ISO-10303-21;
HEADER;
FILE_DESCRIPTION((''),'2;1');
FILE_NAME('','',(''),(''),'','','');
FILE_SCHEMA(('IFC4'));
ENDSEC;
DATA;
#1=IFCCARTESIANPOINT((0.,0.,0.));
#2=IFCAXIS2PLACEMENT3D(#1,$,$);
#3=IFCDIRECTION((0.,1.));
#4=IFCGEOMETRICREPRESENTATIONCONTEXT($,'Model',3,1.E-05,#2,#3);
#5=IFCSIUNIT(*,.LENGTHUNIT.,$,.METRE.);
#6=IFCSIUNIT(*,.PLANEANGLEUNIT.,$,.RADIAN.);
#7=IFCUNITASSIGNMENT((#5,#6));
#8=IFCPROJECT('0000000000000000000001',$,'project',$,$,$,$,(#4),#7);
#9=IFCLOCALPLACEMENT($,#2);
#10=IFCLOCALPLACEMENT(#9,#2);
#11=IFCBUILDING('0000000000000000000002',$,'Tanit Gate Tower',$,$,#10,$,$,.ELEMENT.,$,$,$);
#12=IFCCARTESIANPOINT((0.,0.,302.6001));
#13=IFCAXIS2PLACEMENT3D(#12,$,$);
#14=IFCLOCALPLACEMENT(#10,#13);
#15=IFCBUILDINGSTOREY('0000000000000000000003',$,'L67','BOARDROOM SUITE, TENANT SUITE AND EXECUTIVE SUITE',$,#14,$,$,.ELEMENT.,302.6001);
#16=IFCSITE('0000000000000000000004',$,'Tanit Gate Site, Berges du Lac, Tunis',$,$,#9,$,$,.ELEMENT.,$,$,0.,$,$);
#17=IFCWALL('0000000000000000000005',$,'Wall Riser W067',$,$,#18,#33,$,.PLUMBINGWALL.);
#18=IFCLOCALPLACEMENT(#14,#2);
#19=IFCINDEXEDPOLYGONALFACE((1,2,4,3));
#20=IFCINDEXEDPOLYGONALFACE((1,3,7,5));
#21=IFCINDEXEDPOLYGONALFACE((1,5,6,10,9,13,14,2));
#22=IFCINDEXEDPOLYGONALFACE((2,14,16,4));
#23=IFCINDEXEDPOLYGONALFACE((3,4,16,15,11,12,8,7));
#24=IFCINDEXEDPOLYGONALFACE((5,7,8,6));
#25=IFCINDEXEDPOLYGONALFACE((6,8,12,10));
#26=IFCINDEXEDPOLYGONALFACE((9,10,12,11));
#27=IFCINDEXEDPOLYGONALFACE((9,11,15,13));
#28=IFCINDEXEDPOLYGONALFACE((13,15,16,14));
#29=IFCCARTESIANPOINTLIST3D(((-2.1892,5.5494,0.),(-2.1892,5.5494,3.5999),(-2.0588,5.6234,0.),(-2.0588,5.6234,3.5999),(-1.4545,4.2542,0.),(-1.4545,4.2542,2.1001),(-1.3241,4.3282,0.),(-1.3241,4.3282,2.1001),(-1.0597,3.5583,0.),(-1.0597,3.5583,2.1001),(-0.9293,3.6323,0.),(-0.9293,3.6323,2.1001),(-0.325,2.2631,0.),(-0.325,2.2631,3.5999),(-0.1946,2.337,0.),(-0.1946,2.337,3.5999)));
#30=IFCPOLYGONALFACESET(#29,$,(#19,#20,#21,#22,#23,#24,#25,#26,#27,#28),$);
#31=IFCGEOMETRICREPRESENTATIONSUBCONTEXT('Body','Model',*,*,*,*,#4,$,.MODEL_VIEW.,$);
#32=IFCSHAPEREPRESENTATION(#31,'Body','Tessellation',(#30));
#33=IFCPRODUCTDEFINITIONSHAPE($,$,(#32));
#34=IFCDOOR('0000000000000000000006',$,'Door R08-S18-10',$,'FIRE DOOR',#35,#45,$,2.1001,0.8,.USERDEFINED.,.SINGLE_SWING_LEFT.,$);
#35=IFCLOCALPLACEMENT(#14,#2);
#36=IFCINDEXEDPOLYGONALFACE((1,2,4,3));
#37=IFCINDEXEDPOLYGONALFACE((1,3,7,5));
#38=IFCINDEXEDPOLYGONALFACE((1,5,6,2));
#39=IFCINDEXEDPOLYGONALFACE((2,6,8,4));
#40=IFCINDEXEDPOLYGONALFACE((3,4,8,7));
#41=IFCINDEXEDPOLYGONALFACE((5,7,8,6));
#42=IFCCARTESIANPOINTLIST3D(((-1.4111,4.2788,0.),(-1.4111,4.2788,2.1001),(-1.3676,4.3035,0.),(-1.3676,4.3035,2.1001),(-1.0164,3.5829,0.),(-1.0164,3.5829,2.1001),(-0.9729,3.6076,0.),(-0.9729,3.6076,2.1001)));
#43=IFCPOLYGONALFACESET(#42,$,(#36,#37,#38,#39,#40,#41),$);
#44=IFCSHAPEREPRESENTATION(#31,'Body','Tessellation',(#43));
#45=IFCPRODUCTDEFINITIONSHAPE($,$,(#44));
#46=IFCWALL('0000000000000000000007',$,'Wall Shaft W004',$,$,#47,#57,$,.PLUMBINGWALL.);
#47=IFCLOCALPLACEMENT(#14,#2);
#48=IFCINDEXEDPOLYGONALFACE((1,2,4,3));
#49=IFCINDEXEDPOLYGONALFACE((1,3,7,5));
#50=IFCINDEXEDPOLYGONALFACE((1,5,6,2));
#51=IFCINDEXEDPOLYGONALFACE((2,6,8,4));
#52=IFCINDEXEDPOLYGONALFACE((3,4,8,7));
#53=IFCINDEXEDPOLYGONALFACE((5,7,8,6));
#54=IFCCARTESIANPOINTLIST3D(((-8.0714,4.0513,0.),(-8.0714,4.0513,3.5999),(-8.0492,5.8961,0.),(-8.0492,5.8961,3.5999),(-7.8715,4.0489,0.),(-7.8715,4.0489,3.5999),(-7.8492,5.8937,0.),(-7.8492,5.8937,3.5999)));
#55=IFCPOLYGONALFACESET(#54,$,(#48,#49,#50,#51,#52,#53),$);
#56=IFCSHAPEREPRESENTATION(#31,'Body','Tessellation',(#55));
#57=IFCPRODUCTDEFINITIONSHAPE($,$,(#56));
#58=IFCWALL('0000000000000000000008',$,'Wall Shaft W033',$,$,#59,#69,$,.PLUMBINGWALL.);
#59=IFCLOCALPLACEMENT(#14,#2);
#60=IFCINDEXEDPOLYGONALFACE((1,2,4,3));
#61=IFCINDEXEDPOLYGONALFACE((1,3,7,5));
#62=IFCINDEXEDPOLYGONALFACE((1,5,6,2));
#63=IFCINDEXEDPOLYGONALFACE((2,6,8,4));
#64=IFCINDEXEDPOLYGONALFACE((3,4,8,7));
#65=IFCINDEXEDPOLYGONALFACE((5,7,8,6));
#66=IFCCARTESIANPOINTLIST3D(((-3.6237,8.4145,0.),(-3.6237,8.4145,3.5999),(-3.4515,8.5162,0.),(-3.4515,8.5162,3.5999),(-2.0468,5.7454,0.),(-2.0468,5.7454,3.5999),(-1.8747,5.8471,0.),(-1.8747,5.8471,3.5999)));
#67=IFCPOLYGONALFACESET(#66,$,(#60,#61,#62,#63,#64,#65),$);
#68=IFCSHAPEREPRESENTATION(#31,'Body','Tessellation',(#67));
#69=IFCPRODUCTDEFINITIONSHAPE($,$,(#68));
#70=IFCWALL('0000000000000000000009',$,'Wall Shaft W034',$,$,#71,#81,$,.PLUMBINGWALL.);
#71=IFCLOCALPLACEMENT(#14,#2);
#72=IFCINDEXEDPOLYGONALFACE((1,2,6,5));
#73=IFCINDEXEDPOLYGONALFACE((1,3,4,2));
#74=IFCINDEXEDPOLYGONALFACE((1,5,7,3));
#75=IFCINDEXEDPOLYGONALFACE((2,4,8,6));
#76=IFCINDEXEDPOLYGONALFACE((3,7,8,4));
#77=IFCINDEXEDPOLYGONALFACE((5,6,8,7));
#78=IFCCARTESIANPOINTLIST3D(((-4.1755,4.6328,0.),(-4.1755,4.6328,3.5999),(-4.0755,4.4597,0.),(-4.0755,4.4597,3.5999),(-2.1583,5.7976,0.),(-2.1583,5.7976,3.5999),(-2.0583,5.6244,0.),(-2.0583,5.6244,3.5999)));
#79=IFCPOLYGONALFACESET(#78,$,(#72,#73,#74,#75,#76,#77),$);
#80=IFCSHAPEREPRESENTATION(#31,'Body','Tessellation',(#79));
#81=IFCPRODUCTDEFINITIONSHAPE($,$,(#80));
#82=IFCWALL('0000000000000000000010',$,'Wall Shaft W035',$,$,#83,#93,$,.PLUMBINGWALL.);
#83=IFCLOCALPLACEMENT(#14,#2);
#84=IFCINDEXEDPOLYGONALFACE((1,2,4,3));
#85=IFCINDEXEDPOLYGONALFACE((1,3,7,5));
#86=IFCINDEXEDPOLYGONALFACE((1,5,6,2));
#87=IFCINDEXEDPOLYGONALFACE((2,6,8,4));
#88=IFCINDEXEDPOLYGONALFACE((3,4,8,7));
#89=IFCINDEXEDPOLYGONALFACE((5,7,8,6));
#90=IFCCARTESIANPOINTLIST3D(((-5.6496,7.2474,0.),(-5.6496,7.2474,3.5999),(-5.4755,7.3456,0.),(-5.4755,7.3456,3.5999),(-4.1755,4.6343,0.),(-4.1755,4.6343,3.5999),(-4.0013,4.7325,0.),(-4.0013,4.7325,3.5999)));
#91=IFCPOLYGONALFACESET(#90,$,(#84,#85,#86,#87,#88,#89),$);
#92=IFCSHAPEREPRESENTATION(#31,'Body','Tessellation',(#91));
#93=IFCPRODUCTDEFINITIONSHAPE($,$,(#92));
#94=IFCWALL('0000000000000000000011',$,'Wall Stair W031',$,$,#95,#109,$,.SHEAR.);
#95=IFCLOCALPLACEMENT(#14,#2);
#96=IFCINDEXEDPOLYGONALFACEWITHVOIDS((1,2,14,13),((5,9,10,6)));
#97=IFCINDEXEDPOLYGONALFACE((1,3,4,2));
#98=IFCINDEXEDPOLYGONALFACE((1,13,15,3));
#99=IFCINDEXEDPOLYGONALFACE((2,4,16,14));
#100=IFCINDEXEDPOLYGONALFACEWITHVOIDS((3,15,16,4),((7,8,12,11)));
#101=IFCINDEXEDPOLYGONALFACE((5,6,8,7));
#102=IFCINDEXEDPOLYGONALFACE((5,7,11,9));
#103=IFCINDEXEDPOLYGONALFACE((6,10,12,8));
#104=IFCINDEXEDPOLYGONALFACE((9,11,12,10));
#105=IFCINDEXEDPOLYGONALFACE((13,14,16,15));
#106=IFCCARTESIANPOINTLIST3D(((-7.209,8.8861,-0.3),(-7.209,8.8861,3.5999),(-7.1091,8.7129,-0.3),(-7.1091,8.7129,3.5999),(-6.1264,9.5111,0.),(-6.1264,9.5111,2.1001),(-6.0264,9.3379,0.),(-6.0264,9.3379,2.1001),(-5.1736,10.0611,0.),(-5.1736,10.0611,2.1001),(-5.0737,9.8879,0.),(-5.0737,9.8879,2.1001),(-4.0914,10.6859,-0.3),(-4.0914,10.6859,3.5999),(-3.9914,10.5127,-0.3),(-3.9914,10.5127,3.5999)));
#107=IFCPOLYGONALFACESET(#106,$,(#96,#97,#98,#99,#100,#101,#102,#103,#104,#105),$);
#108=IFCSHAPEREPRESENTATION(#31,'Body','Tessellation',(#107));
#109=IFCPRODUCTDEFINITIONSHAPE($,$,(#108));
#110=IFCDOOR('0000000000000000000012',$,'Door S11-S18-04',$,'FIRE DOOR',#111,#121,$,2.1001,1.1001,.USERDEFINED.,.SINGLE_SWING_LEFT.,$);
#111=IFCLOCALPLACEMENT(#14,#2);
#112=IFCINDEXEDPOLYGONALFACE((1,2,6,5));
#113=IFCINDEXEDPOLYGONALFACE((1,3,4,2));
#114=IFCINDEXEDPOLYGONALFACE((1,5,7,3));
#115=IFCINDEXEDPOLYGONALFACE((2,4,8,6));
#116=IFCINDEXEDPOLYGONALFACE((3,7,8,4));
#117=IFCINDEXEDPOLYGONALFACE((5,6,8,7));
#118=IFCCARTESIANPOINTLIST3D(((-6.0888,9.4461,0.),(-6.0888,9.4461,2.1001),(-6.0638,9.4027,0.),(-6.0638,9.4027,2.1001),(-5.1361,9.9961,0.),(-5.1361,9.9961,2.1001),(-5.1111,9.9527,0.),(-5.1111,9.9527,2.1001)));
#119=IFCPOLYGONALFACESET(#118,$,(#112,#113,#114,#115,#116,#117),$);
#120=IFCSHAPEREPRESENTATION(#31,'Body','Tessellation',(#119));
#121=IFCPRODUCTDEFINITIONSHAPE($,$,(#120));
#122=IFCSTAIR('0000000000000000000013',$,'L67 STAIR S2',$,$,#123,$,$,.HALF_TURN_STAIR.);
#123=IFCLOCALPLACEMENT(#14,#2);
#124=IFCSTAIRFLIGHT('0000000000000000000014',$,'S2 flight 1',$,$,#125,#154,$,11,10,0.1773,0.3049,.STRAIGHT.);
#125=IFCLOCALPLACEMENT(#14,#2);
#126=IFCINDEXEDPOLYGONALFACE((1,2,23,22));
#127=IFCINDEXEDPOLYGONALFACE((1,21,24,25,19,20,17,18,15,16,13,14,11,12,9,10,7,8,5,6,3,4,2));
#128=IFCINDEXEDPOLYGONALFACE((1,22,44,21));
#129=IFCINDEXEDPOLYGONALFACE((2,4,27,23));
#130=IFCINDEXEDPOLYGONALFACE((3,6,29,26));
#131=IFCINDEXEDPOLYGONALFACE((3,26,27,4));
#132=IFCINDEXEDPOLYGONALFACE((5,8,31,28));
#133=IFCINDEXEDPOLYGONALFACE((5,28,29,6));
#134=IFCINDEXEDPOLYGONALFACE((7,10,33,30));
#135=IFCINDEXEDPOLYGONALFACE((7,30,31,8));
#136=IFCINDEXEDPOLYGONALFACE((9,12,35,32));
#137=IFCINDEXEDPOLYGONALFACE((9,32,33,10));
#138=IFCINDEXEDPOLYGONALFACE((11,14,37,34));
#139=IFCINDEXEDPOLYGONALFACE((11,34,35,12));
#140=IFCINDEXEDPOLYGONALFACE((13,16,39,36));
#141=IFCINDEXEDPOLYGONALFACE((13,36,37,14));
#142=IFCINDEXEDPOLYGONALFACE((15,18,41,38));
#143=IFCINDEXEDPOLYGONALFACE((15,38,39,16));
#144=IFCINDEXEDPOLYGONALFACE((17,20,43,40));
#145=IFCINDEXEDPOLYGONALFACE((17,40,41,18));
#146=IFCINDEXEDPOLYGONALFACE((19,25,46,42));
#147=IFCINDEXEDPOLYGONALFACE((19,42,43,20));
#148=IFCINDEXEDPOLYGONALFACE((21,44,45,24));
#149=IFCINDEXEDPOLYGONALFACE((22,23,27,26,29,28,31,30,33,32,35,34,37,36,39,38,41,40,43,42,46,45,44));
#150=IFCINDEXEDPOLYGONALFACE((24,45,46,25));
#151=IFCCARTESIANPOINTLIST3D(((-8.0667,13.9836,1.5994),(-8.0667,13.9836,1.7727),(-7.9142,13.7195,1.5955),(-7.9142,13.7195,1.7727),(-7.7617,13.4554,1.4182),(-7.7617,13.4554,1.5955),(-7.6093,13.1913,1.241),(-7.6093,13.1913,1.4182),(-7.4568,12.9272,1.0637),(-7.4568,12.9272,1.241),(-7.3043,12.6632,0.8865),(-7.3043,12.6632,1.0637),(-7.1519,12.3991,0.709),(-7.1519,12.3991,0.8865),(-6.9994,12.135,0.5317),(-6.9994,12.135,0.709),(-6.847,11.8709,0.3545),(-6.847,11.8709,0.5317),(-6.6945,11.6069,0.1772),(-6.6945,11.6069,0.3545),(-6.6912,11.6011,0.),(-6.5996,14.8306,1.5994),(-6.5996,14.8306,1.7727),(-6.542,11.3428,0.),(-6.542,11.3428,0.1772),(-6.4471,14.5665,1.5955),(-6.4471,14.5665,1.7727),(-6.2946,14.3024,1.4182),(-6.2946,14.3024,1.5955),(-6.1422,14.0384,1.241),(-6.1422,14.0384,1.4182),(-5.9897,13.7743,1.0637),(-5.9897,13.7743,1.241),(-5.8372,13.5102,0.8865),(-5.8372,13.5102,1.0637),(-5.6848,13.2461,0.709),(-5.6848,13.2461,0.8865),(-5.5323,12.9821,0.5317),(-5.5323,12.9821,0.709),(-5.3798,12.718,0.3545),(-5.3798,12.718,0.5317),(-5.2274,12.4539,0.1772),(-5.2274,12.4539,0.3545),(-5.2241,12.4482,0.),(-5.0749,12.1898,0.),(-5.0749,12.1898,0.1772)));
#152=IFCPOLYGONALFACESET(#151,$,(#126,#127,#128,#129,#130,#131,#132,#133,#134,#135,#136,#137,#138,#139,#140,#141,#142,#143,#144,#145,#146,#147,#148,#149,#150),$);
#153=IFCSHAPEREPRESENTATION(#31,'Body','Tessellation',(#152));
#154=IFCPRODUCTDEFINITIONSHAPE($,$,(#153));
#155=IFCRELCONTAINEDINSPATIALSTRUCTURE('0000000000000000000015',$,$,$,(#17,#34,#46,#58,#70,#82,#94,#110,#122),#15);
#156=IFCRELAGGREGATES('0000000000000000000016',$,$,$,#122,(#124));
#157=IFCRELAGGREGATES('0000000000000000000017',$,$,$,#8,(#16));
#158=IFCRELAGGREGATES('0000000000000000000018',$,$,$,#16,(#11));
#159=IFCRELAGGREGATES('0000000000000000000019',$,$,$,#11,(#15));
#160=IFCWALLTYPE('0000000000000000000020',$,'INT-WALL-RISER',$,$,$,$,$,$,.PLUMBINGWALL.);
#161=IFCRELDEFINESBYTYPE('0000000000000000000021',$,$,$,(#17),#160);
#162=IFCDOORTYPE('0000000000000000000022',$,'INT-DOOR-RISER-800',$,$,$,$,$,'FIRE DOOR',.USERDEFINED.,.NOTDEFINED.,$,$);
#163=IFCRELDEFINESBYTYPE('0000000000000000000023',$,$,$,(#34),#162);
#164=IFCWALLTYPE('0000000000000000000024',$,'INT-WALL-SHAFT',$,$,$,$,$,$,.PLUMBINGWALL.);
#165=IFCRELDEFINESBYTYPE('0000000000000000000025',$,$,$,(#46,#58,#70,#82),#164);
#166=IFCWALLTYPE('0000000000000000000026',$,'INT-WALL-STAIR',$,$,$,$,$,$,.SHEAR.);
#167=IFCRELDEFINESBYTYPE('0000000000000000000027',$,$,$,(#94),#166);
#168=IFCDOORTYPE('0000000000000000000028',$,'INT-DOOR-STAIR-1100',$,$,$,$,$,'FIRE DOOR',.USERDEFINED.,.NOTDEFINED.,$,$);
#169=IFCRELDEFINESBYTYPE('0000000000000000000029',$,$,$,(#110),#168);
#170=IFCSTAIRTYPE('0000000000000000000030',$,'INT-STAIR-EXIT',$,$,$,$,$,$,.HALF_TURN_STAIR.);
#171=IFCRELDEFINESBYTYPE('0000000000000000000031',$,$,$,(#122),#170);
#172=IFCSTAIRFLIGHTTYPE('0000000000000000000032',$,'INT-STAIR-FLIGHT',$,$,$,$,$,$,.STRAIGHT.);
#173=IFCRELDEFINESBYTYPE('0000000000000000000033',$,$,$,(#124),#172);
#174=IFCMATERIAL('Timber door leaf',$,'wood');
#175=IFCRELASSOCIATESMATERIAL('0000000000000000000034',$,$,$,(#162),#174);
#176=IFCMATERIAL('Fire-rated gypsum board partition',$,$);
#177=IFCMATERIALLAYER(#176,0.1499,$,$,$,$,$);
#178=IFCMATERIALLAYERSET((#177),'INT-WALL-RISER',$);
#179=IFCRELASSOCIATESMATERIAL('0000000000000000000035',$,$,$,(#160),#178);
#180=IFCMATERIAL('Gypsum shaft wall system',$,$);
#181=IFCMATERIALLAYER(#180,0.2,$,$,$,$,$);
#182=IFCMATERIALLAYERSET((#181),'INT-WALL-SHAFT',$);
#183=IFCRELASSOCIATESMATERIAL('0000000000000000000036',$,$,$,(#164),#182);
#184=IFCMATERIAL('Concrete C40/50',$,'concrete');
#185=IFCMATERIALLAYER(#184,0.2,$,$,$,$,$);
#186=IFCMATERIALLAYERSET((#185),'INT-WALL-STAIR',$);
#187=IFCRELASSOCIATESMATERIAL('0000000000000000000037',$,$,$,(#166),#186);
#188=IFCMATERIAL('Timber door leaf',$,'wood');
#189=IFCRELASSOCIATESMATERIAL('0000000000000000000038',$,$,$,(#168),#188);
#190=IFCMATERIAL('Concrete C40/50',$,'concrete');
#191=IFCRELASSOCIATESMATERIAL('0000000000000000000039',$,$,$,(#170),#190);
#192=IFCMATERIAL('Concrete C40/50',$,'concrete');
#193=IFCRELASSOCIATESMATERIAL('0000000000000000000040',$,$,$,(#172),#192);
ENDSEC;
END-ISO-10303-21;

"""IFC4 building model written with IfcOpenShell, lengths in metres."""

from ifc_helpers import new_model, si_unit, direction, frame, frame_2d, origin, place, context, subcontext, project, spatial, polyline, rectangle, outline, extrude, material, layer, layer_set, type_object, element, fill, aggregate, save


model = new_model("IFC4")

# Units and contexts
model_context = context("Model", 3, precision=1e-05, world=origin(), true_north=direction((0.0, 1.0)))
body_context = subcontext(model_context, "Body", "Model", "MODEL_VIEW")
ifc_project = project(units=[si_unit("LENGTHUNIT", "METRE"), si_unit("PLANEANGLEUNIT", "RADIAN")], contexts=[model_context])

# Site, building, storey
site_placement = place(None, origin())
site = spatial("IfcSite", under=ifc_project, at=site_placement, Name="Tanit Gate Site, Berges du Lac, Tunis", CompositionType="ELEMENT", RefElevation=0.0)
building_placement = place(site_placement, origin())
building = spatial("IfcBuilding", under=site, at=building_placement, Name="Tanit Gate Tower", CompositionType="ELEMENT")
storey_placement = place(building_placement, frame((0.0, 0.0, 302.6001)))
storey = spatial("IfcBuildingStorey", under=building, at=storey_placement, Name="L67", Description="BOARDROOM SUITE, TENANT SUITE AND EXECUTIVE SUITE", CompositionType="ELEMENT", Elevation=302.6001)

# Shared definitions
ifc_material_1 = material(Name="Timber door leaf", Category="wood")
door_type_1 = type_object("IfcDoorType", Name="INT-DOOR-RISER-800", ElementType="FIRE DOOR", OperationType="NOTDEFINED", PredefinedType="USERDEFINED", material=ifc_material_1)

# Wall, opening, door
ifc_material_2 = material(Name="Fire-rated gypsum board partition")
ifc_layer_1 = layer(ifc_material_2, 0.1499)
ifc_layer_set_1 = layer_set([ifc_layer_1], Name="INT-WALL-RISER")
wall_type_1 = type_object("IfcWallType", Name="INT-WALL-RISER", PredefinedType="PLUMBINGWALL", material=ifc_layer_set_1)
wall_1_placement = place(storey_placement, frame((-2.124, 5.5864, 0.0), z_axis=(0.0, 0.0, 1.0), x_axis=(0.493409, -0.869798, 0.0)))
wall_1 = element("IfcWall", 1, at=wall_1_placement, inside=storey, type_object=wall_type_1, Name="Wall Riser W067", PredefinedType="PLUMBINGWALL", context=body_context, shape_type="SweptSolid", body=[
    extrude(rectangle(XDim=3.7783, YDim=0.1499, at=frame_2d((1.8892, 0.0))), origin(), (0.0, 0.0, 1.0), 3.5999),
])
opening_1_placement = place(wall_1_placement, frame((1.4893, 0.0, 0.0)))
opening_1 = element("IfcOpeningElement", 2, at=opening_1_placement, cuts=wall_1, PredefinedType="OPENING", context=body_context, shape_type="SweptSolid", body=[
    extrude(rectangle(XDim=0.8, YDim=2.1001, at=frame_2d((0.3999, 1.05))), frame((0.0, 0.085, 0.0), z_axis=(0.0, -1.0, 0.0), x_axis=(1.0, 0.0, 0.0)), (0.0, 0.0, 1.0), 0.1699),
])
door_1_placement = place(opening_1_placement, origin())
door_1 = element("IfcDoor", 3, at=door_1_placement, inside=storey, type_object=door_type_1, Name="Door R08-S18-10", ObjectType="FIRE DOOR", OperationType="SINGLE_SWING_LEFT", OverallHeight=2.1001, OverallWidth=0.8, PredefinedType="USERDEFINED", context=body_context, shape_type="SweptSolid", body=[
    extrude(rectangle(XDim=0.8, YDim=2.1001, at=frame_2d((0.3999, 1.05))), frame((0.0, 0.0249, 0.0), z_axis=(0.0, -1.0, 0.0), x_axis=(1.0, 0.0, 0.0)), (0.0, 0.0, 1.0), 0.05),
])
fill(opening_1, door_1)

# Wall
ifc_material_3 = material(Name="Gypsum shaft wall system")
ifc_layer_2 = layer(ifc_material_3, 0.2)
ifc_layer_set_2 = layer_set([ifc_layer_2], Name="INT-WALL-SHAFT")
wall_type_2 = type_object("IfcWallType", Name="INT-WALL-SHAFT", PredefinedType="PLUMBINGWALL", material=ifc_layer_set_2)
wall_2_placement = place(storey_placement, frame((-7.9492, 5.8948, 0.0), z_axis=(0.0, 0.0, 1.0), x_axis=(-0.012043, -0.999927, 0.0)))
element("IfcWall", 4, at=wall_2_placement, inside=storey, type_object=wall_type_2, Name="Wall Shaft W004", PredefinedType="PLUMBINGWALL", context=body_context, shape_type="SweptSolid", body=[
    extrude(rectangle(XDim=1.845, YDim=0.2, at=frame_2d((0.9224, 0.0))), origin(), (0.0, 0.0, 1.0), 3.5999),
])

# Walls
wall_3_placement = place(storey_placement, frame((-3.5376, 8.4653, 0.0), z_axis=(0.0, 0.0, 1.0), x_axis=(0.508647, -0.860975, 0.0)))
element("IfcWall", 5, at=wall_3_placement, inside=storey, type_object=wall_type_2, Name="Wall Shaft W033", PredefinedType="PLUMBINGWALL", context=body_context, shape_type="SweptSolid", body=[
    extrude(rectangle(XDim=3.1001, YDim=0.2, at=frame_2d((1.55, 0.0))), origin(), (0.0, 0.0, 1.0), 3.5999),
])
wall_4_placement = place(storey_placement, frame((-2.1084, 5.7109, 0.0), z_axis=(0.0, 0.0, 1.0), x_axis=(-0.866009, -0.500028, 0.0)))
element("IfcWall", 6, at=wall_4_placement, inside=storey, type_object=wall_type_2, Name="Wall Shaft W034", PredefinedType="PLUMBINGWALL", context=body_context, shape_type="SweptSolid", body=[
    extrude(rectangle(XDim=2.3293, YDim=0.2, at=frame_2d((1.1646, 0.0))), origin(), (0.0, 0.0, 1.0), 3.5999),
])
wall_5_placement = place(storey_placement, frame((-5.5625, 7.2964, 0.0), z_axis=(0.0, 0.0, 1.0), x_axis=(0.491347, -0.870964, 0.0)))
element("IfcWall", 7, at=wall_5_placement, inside=storey, type_object=wall_type_2, Name="Wall Shaft W035", PredefinedType="PLUMBINGWALL", context=body_context, shape_type="SweptSolid", body=[
    extrude(rectangle(XDim=3.0002, YDim=0.2, at=frame_2d((1.5, 0.0))), origin(), (0.0, 0.0, 1.0), 3.5999),
])

# Wall, opening, door
ifc_material_4 = material(Name="Concrete C40/50", Category="concrete")
ifc_layer_3 = layer(ifc_material_4, 0.2)
ifc_layer_set_3 = layer_set([ifc_layer_3], Name="INT-WALL-STAIR")
wall_type_3 = type_object("IfcWallType", Name="INT-WALL-STAIR", PredefinedType="SHEAR", material=ifc_layer_set_3)
wall_6_placement = place(storey_placement, frame((-7.1589, 8.7996, -0.3), z_axis=(0.0, 0.0, 1.0), x_axis=(0.866048, 0.499961, 0.0)))
wall_6 = element("IfcWall", 8, at=wall_6_placement, inside=storey, type_object=wall_type_3, Name="Wall Stair W031", PredefinedType="SHEAR", context=body_context, shape_type="SweptSolid", body=[
    extrude(rectangle(XDim=3.5999, YDim=0.2, at=frame_2d((1.7998, 0.0))), origin(), (0.0, 0.0, 1.0), 3.8999),
])
opening_2_placement = place(wall_6_placement, frame((1.25, 0.0, 0.3)))
opening_2 = element("IfcOpeningElement", 9, at=opening_2_placement, cuts=wall_6, PredefinedType="OPENING", context=body_context, shape_type="SweptSolid", body=[
    extrude(rectangle(XDim=1.1001, YDim=2.1001, at=frame_2d((0.55, 1.05))), frame((0.0, 0.1099, 0.0), z_axis=(0.0, -1.0, 0.0), x_axis=(1.0, 0.0, 0.0)), (0.0, 0.0, 1.0), 0.22),
])
ifc_material_5 = material(Name="Timber door leaf", Category="wood")
door_type_2 = type_object("IfcDoorType", Name="INT-DOOR-STAIR-1100", ElementType="FIRE DOOR", OperationType="NOTDEFINED", PredefinedType="USERDEFINED", material=ifc_material_5)
door_2_placement = place(opening_2_placement, origin())
door_2 = element("IfcDoor", 10, at=door_2_placement, inside=storey, type_object=door_type_2, Name="Door S11-S18-04", ObjectType="FIRE DOOR", OperationType="SINGLE_SWING_LEFT", OverallHeight=2.1001, OverallWidth=1.1001, PredefinedType="USERDEFINED", context=body_context, shape_type="SweptSolid", body=[
    extrude(rectangle(XDim=1.1001, YDim=2.1001, at=frame_2d((0.55, 1.05))), frame((0.0, 0.0249, 0.0), z_axis=(0.0, -1.0, 0.0), x_axis=(1.0, 0.0, 0.0)), (0.0, 0.0, 1.0), 0.05),
])
fill(opening_2, door_2)

# Stair, stair flight
ifc_material_6 = material(Name="Concrete C40/50", Category="concrete")
stair_type = type_object("IfcStairType", Name="INT-STAIR-EXIT", PredefinedType="HALF_TURN_STAIR", material=ifc_material_6)
stair_placement = place(storey_placement, origin())
stair = element("IfcStair", 11, at=stair_placement, inside=storey, type_object=stair_type, Name="L67 STAIR S2", PredefinedType="HALF_TURN_STAIR")
ifc_material_7 = material(Name="Concrete C40/50", Category="concrete")
stair_flight_type = type_object("IfcStairFlightType", Name="INT-STAIR-FLIGHT", PredefinedType="STRAIGHT", material=ifc_material_7)
stair_flight_placement = place(storey_placement, frame((-5.8083, 11.7664, 0.0), z_axis=(0.0, 0.0, 1.0), x_axis=(-0.5, 0.866025, 0.0)))
stair_flight = element("IfcStairFlight", 12, at=stair_flight_placement, type_object=stair_flight_type, Name="S2 flight 1", NumberOfRisers=11, NumberOfTreads=10, PredefinedType="STRAIGHT", RiserHeight=0.1773, TreadLength=0.3049, context=body_context, shape_type="SweptSolid", body=[
    extrude(outline(polyline([(0.0, 0.0), (0.0, 0.1772), (0.3049, 0.1772), (0.3049, 0.3545), (0.6099, 0.3545), (0.6099, 0.5317), (0.9148, 0.5317), (0.9148, 0.709), (1.2197, 0.709), (1.2197, 0.8865), (1.5247, 0.8865), (1.5247, 1.0637), (1.8296, 1.0637), (1.8296, 1.241), (2.1345, 1.241), (2.1345, 1.4182), (2.4395, 1.4182), (2.4395, 1.5955), (2.7444, 1.5955), (2.7444, 1.7727), (3.0493, 1.7727), (3.0493, 1.95), (3.0493, 1.5994), (0.2983, 0.0), (0.0, 0.0)])), frame((0.0, 0.8472, 0.0), z_axis=(0.0, -1.0, 0.0), x_axis=(1.0, 0.0, 0.0)), (0.0, 0.0, 1.0), 1.6941),
])
aggregate(stair, [stair_flight])

save(model, "model.ifc")
